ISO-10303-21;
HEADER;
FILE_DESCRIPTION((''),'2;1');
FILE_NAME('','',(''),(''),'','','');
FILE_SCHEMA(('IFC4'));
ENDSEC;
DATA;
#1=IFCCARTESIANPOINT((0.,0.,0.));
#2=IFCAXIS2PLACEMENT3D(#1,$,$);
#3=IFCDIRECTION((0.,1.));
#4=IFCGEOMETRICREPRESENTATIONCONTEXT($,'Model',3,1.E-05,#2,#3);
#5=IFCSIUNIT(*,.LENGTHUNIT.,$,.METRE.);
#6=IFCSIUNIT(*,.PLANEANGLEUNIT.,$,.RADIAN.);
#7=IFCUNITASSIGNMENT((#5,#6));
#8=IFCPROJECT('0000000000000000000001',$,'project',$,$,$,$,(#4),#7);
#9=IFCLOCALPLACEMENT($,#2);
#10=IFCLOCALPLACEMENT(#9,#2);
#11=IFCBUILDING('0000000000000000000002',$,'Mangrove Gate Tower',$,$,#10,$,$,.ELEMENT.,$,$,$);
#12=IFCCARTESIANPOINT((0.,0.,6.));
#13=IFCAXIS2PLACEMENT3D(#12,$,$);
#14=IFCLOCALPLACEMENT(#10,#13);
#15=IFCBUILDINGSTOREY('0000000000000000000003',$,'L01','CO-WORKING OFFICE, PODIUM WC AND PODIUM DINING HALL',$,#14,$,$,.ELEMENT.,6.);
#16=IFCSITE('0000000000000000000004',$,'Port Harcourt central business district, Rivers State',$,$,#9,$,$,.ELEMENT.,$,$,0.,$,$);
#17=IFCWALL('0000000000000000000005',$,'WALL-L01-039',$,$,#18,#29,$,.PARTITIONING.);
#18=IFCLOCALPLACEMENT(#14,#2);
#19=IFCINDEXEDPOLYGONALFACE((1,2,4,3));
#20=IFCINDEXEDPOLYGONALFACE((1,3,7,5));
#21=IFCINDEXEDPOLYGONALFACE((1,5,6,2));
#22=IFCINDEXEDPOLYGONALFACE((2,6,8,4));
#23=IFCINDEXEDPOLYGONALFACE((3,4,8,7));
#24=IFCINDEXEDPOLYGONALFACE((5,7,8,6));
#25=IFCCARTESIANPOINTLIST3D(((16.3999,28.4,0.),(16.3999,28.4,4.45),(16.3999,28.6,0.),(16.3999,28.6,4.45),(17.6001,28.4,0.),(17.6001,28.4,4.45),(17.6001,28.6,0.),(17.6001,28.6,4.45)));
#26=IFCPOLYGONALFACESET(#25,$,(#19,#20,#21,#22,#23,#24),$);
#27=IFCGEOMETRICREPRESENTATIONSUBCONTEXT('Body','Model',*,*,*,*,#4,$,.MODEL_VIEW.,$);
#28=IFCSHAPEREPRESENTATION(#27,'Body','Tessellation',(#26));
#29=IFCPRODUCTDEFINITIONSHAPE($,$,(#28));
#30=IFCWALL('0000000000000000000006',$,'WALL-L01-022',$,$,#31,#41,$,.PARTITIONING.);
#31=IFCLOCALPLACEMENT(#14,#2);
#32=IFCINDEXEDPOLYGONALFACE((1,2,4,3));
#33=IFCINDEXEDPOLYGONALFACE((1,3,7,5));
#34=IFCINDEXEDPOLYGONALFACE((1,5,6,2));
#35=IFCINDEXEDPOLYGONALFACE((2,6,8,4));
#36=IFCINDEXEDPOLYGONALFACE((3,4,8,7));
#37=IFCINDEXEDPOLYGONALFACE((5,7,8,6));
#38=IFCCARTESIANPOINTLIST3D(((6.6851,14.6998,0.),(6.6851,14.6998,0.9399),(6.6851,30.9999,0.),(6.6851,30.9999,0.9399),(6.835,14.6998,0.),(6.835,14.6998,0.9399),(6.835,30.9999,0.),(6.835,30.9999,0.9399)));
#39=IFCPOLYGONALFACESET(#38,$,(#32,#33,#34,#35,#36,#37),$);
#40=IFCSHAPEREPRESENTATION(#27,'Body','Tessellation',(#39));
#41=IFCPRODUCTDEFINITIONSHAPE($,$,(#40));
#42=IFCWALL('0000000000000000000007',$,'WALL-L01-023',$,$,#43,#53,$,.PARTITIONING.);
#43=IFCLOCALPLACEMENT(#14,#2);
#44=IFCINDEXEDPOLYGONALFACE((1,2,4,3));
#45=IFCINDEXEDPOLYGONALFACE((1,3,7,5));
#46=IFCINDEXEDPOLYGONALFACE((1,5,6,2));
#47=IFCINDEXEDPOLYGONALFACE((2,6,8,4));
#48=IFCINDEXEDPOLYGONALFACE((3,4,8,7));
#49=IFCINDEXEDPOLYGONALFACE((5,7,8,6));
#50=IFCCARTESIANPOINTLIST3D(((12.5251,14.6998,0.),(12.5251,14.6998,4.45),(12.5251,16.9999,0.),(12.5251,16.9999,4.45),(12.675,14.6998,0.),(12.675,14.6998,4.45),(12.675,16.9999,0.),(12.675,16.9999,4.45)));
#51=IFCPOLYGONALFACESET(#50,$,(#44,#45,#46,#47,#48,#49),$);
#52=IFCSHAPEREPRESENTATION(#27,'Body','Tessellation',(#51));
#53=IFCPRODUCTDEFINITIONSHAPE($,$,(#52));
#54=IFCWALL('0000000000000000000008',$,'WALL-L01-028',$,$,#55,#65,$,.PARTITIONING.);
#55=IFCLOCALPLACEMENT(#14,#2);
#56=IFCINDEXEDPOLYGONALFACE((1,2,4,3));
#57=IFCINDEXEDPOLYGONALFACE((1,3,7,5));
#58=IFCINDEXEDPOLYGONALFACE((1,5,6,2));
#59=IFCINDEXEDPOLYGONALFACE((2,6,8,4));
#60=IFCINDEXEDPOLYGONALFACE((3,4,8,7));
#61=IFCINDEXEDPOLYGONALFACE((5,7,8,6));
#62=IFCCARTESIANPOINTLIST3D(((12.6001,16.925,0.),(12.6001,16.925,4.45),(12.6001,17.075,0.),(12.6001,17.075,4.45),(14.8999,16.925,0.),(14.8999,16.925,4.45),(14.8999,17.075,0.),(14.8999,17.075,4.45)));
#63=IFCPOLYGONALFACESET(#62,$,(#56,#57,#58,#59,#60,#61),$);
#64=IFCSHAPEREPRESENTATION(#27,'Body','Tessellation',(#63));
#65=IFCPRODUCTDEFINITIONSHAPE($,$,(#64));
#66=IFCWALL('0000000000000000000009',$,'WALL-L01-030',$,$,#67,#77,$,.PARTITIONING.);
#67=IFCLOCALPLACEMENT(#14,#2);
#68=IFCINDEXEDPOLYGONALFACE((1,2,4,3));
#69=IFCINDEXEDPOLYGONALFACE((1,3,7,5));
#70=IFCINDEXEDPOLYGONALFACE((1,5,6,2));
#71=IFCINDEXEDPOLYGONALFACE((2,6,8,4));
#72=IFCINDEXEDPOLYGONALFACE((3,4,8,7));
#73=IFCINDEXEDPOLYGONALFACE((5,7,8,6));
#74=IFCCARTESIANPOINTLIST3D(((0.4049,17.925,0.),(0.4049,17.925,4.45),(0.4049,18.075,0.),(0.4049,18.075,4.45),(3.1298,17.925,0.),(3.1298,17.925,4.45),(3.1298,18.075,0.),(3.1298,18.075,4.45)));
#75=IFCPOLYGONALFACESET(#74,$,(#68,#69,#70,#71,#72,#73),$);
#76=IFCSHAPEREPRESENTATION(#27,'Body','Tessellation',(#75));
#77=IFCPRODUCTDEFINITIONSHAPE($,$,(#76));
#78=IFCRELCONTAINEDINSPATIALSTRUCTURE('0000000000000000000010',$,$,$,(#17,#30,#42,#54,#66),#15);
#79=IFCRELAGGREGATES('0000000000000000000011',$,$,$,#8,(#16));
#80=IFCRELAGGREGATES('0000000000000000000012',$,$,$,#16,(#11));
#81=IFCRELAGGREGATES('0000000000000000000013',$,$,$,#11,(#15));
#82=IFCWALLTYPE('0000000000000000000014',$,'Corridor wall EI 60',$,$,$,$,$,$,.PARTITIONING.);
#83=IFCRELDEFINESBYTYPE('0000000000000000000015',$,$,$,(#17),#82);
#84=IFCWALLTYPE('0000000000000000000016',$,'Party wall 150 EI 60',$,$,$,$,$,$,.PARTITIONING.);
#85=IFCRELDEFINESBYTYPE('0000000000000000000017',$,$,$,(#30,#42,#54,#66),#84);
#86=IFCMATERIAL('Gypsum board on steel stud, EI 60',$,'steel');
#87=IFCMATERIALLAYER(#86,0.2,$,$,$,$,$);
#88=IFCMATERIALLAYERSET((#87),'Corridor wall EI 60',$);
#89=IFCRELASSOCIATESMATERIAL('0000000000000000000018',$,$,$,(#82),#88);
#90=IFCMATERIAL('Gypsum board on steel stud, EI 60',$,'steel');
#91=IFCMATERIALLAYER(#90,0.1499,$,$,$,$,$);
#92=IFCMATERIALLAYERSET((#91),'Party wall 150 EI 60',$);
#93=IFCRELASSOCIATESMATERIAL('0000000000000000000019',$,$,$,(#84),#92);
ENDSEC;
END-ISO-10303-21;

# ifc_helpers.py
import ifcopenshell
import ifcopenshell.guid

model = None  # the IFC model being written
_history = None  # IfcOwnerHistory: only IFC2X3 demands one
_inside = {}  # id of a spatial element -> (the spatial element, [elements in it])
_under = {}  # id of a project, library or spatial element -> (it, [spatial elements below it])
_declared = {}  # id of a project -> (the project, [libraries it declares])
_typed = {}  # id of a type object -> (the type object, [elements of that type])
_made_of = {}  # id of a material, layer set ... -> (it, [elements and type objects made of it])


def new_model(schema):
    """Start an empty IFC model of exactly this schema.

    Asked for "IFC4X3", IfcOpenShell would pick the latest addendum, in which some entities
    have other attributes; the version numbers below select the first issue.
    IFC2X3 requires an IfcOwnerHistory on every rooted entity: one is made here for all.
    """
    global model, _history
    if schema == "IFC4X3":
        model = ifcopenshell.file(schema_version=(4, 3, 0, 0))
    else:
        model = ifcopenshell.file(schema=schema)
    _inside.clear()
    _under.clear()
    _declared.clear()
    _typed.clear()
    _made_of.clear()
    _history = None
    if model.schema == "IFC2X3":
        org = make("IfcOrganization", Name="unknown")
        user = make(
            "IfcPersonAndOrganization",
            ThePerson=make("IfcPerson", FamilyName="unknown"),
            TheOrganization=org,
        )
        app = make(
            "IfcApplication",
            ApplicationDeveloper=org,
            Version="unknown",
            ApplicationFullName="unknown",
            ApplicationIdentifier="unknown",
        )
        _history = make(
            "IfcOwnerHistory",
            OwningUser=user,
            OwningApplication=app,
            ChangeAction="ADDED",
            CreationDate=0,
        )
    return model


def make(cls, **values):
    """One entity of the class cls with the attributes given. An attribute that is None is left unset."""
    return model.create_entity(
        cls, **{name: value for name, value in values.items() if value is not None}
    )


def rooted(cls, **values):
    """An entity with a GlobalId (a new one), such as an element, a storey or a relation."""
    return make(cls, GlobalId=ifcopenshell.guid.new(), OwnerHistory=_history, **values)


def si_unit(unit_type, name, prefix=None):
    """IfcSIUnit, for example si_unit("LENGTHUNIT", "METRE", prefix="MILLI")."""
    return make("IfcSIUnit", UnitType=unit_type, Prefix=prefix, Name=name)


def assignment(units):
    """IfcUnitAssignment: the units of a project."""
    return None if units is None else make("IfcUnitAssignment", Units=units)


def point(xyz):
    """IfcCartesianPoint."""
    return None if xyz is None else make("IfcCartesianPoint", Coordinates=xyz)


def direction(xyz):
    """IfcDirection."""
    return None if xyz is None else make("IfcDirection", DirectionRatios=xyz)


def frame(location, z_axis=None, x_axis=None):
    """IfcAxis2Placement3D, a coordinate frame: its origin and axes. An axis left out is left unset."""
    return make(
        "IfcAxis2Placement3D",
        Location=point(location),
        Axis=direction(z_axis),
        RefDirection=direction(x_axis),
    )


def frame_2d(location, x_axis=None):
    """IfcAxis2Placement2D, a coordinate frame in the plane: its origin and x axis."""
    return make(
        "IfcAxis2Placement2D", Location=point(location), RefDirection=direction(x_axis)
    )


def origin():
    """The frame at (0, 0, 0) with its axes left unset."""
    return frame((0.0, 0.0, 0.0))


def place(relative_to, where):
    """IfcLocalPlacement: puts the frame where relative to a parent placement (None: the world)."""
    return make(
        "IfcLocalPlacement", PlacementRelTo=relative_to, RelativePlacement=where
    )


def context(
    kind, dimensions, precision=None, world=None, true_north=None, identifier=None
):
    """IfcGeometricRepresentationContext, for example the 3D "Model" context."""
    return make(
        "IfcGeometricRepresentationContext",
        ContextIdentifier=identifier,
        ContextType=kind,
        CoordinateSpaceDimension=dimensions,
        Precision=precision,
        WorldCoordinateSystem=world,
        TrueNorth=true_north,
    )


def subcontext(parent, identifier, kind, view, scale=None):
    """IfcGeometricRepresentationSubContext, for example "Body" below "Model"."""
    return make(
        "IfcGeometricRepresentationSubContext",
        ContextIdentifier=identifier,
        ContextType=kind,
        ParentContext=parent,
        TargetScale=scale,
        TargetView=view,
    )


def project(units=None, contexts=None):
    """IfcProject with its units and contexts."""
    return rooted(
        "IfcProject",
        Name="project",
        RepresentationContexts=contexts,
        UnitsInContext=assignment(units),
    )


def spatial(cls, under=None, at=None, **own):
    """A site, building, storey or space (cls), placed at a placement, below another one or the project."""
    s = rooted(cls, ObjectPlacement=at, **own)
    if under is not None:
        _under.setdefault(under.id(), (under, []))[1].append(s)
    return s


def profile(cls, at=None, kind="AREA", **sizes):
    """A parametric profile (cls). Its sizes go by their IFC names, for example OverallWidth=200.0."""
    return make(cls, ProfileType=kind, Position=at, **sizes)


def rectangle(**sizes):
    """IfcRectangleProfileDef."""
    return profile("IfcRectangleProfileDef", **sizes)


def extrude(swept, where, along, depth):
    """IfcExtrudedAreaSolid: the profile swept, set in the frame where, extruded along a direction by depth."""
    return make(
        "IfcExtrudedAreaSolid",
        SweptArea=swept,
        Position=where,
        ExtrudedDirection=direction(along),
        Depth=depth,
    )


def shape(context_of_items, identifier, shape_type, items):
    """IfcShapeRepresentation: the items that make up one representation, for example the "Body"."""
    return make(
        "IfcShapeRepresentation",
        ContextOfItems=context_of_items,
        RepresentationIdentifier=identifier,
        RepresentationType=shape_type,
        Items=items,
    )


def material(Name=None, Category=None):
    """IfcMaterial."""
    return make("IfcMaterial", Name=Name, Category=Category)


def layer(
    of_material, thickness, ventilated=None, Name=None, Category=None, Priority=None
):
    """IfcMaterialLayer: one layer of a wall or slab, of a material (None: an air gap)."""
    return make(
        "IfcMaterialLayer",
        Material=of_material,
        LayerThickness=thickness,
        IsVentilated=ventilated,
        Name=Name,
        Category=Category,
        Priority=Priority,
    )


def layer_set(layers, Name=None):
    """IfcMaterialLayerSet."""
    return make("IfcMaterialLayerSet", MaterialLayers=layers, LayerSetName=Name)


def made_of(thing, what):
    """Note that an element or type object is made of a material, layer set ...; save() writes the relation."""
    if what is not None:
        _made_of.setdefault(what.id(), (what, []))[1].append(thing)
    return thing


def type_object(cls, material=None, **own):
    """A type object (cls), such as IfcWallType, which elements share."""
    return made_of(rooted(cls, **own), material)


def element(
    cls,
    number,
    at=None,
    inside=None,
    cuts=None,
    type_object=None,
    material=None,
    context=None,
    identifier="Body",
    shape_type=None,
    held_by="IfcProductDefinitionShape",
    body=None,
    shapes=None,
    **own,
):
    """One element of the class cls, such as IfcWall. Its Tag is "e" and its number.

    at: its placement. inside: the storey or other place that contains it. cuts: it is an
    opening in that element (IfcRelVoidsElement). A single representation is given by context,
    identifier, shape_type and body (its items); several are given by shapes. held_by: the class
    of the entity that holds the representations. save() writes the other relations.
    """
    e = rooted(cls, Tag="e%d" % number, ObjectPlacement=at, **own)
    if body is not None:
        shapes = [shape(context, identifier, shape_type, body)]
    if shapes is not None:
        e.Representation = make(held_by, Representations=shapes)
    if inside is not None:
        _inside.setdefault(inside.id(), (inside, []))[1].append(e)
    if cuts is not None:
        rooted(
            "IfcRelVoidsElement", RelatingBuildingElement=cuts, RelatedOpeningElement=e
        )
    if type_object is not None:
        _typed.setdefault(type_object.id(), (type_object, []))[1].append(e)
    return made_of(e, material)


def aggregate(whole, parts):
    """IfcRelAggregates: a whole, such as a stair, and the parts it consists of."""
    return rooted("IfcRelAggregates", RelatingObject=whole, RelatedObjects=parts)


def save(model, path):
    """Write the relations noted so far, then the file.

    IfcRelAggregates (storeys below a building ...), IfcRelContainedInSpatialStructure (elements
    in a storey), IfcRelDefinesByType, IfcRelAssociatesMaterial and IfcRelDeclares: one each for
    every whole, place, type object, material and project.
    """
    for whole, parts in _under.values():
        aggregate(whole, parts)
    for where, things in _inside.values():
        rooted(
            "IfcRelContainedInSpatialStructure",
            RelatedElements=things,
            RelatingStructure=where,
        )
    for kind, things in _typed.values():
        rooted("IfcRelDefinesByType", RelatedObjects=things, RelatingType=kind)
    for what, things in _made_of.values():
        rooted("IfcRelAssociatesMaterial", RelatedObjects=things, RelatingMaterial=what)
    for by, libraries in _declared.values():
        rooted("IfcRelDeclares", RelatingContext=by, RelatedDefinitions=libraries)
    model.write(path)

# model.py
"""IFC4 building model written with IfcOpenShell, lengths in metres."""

from ifc_helpers import new_model, si_unit, direction, frame, frame_2d, origin, place, context, subcontext, project, spatial, rectangle, extrude, material, layer, layer_set, type_object, element, save


model = new_model("IFC4")

# Units and contexts
model_context = context("Model", 3, precision=1e-05, world=origin(), true_north=direction((0.0, 1.0)))
body_context = subcontext(model_context, "Body", "Model", "MODEL_VIEW")
ifc_project = project(units=[si_unit("LENGTHUNIT", "METRE"), si_unit("PLANEANGLEUNIT", "RADIAN")], contexts=[model_context])

# Site, building, storey
site_placement = place(None, origin())
site = spatial("IfcSite", under=ifc_project, at=site_placement, Name="Port Harcourt central business district, Rivers State", CompositionType="ELEMENT", RefElevation=0.0)
building_placement = place(site_placement, origin())
building = spatial("IfcBuilding", under=site, at=building_placement, Name="Mangrove Gate Tower", CompositionType="ELEMENT")
storey_placement = place(building_placement, frame((0.0, 0.0, 6.0)))
storey = spatial("IfcBuildingStorey", under=building, at=storey_placement, Name="L01", Description="CO-WORKING OFFICE, PODIUM WC AND PODIUM DINING HALL", CompositionType="ELEMENT", Elevation=6.0)

# Walls
ifc_material_1 = material(Name="Gypsum board on steel stud, EI 60", Category="steel")
ifc_layer_1 = layer(ifc_material_1, 0.2)
ifc_layer_set_1 = layer_set([ifc_layer_1], Name="Corridor wall EI 60")
wall_type_1 = type_object("IfcWallType", Name="Corridor wall EI 60", PredefinedType="PARTITIONING", material=ifc_layer_set_1)
wall_1_placement = place(storey_placement, frame((16.3999, 28.5, 0.0), z_axis=(0.0, 0.0, 1.0), x_axis=(1.0, 0.0, 0.0)))
element("IfcWall", 1, at=wall_1_placement, inside=storey, type_object=wall_type_1, Name="WALL-L01-039", PredefinedType="PARTITIONING", context=body_context, shape_type="SweptSolid", body=[
    extrude(rectangle(XDim=1.2002, YDim=0.2, at=frame_2d((0.6001, 0.0))), origin(), (0.0, 0.0, 1.0), 4.45),
])
ifc_material_2 = material(Name="Gypsum board on steel stud, EI 60", Category="steel")
ifc_layer_2 = layer(ifc_material_2, 0.1499)
ifc_layer_set_2 = layer_set([ifc_layer_2], Name="Party wall 150 EI 60")
wall_type_2 = type_object("IfcWallType", Name="Party wall 150 EI 60", PredefinedType="PARTITIONING", material=ifc_layer_set_2)
wall_2_placement = place(storey_placement, frame((6.76, 14.7, 0.0), z_axis=(0.0, 0.0, 1.0), x_axis=(0.0, 1.0, 0.0)))
element("IfcWall", 2, at=wall_2_placement, inside=storey, type_object=wall_type_2, Name="WALL-L01-022", PredefinedType="PARTITIONING", context=body_context, shape_type="SweptSolid", body=[
    extrude(rectangle(XDim=16.3, YDim=0.1499, at=frame_2d((8.1499, 0.0))), origin(), (0.0, 0.0, 1.0), 0.9399),
])
wall_3_placement = place(storey_placement, frame((12.6001, 14.7, 0.0), z_axis=(0.0, 0.0, 1.0), x_axis=(0.0, 1.0, 0.0)))
element("IfcWall", 3, at=wall_3_placement, inside=storey, type_object=wall_type_2, Name="WALL-L01-023", PredefinedType="PARTITIONING", context=body_context, shape_type="SweptSolid", body=[
    extrude(rectangle(XDim=2.3, YDim=0.1499, at=frame_2d((1.1499, 0.0))), origin(), (0.0, 0.0, 1.0), 4.45),
])
wall_4_placement = place(storey_placement, frame((12.6001, 17.0, 0.0), z_axis=(0.0, 0.0, 1.0), x_axis=(1.0, 0.0, 0.0)))
element("IfcWall", 4, at=wall_4_placement, inside=storey, type_object=wall_type_2, Name="WALL-L01-028", PredefinedType="PARTITIONING", context=body_context, shape_type="SweptSolid", body=[
    extrude(rectangle(XDim=2.2998, YDim=0.1499, at=frame_2d((1.1499, 0.0))), origin(), (0.0, 0.0, 1.0), 4.45),
])
wall_5_placement = place(storey_placement, frame((0.405, 18.0, 0.0), z_axis=(0.0, 0.0, 1.0), x_axis=(1.0, 0.0, 0.0)))
element("IfcWall", 5, at=wall_5_placement, inside=storey, type_object=wall_type_2, Name="WALL-L01-030", PredefinedType="PARTITIONING", context=body_context, shape_type="SweptSolid", body=[
    extrude(rectangle(XDim=2.7249, YDim=0.1499, at=frame_2d((1.3623, 0.0))), origin(), (0.0, 0.0, 1.0), 4.45),
])

save(model, "model.ifc")
